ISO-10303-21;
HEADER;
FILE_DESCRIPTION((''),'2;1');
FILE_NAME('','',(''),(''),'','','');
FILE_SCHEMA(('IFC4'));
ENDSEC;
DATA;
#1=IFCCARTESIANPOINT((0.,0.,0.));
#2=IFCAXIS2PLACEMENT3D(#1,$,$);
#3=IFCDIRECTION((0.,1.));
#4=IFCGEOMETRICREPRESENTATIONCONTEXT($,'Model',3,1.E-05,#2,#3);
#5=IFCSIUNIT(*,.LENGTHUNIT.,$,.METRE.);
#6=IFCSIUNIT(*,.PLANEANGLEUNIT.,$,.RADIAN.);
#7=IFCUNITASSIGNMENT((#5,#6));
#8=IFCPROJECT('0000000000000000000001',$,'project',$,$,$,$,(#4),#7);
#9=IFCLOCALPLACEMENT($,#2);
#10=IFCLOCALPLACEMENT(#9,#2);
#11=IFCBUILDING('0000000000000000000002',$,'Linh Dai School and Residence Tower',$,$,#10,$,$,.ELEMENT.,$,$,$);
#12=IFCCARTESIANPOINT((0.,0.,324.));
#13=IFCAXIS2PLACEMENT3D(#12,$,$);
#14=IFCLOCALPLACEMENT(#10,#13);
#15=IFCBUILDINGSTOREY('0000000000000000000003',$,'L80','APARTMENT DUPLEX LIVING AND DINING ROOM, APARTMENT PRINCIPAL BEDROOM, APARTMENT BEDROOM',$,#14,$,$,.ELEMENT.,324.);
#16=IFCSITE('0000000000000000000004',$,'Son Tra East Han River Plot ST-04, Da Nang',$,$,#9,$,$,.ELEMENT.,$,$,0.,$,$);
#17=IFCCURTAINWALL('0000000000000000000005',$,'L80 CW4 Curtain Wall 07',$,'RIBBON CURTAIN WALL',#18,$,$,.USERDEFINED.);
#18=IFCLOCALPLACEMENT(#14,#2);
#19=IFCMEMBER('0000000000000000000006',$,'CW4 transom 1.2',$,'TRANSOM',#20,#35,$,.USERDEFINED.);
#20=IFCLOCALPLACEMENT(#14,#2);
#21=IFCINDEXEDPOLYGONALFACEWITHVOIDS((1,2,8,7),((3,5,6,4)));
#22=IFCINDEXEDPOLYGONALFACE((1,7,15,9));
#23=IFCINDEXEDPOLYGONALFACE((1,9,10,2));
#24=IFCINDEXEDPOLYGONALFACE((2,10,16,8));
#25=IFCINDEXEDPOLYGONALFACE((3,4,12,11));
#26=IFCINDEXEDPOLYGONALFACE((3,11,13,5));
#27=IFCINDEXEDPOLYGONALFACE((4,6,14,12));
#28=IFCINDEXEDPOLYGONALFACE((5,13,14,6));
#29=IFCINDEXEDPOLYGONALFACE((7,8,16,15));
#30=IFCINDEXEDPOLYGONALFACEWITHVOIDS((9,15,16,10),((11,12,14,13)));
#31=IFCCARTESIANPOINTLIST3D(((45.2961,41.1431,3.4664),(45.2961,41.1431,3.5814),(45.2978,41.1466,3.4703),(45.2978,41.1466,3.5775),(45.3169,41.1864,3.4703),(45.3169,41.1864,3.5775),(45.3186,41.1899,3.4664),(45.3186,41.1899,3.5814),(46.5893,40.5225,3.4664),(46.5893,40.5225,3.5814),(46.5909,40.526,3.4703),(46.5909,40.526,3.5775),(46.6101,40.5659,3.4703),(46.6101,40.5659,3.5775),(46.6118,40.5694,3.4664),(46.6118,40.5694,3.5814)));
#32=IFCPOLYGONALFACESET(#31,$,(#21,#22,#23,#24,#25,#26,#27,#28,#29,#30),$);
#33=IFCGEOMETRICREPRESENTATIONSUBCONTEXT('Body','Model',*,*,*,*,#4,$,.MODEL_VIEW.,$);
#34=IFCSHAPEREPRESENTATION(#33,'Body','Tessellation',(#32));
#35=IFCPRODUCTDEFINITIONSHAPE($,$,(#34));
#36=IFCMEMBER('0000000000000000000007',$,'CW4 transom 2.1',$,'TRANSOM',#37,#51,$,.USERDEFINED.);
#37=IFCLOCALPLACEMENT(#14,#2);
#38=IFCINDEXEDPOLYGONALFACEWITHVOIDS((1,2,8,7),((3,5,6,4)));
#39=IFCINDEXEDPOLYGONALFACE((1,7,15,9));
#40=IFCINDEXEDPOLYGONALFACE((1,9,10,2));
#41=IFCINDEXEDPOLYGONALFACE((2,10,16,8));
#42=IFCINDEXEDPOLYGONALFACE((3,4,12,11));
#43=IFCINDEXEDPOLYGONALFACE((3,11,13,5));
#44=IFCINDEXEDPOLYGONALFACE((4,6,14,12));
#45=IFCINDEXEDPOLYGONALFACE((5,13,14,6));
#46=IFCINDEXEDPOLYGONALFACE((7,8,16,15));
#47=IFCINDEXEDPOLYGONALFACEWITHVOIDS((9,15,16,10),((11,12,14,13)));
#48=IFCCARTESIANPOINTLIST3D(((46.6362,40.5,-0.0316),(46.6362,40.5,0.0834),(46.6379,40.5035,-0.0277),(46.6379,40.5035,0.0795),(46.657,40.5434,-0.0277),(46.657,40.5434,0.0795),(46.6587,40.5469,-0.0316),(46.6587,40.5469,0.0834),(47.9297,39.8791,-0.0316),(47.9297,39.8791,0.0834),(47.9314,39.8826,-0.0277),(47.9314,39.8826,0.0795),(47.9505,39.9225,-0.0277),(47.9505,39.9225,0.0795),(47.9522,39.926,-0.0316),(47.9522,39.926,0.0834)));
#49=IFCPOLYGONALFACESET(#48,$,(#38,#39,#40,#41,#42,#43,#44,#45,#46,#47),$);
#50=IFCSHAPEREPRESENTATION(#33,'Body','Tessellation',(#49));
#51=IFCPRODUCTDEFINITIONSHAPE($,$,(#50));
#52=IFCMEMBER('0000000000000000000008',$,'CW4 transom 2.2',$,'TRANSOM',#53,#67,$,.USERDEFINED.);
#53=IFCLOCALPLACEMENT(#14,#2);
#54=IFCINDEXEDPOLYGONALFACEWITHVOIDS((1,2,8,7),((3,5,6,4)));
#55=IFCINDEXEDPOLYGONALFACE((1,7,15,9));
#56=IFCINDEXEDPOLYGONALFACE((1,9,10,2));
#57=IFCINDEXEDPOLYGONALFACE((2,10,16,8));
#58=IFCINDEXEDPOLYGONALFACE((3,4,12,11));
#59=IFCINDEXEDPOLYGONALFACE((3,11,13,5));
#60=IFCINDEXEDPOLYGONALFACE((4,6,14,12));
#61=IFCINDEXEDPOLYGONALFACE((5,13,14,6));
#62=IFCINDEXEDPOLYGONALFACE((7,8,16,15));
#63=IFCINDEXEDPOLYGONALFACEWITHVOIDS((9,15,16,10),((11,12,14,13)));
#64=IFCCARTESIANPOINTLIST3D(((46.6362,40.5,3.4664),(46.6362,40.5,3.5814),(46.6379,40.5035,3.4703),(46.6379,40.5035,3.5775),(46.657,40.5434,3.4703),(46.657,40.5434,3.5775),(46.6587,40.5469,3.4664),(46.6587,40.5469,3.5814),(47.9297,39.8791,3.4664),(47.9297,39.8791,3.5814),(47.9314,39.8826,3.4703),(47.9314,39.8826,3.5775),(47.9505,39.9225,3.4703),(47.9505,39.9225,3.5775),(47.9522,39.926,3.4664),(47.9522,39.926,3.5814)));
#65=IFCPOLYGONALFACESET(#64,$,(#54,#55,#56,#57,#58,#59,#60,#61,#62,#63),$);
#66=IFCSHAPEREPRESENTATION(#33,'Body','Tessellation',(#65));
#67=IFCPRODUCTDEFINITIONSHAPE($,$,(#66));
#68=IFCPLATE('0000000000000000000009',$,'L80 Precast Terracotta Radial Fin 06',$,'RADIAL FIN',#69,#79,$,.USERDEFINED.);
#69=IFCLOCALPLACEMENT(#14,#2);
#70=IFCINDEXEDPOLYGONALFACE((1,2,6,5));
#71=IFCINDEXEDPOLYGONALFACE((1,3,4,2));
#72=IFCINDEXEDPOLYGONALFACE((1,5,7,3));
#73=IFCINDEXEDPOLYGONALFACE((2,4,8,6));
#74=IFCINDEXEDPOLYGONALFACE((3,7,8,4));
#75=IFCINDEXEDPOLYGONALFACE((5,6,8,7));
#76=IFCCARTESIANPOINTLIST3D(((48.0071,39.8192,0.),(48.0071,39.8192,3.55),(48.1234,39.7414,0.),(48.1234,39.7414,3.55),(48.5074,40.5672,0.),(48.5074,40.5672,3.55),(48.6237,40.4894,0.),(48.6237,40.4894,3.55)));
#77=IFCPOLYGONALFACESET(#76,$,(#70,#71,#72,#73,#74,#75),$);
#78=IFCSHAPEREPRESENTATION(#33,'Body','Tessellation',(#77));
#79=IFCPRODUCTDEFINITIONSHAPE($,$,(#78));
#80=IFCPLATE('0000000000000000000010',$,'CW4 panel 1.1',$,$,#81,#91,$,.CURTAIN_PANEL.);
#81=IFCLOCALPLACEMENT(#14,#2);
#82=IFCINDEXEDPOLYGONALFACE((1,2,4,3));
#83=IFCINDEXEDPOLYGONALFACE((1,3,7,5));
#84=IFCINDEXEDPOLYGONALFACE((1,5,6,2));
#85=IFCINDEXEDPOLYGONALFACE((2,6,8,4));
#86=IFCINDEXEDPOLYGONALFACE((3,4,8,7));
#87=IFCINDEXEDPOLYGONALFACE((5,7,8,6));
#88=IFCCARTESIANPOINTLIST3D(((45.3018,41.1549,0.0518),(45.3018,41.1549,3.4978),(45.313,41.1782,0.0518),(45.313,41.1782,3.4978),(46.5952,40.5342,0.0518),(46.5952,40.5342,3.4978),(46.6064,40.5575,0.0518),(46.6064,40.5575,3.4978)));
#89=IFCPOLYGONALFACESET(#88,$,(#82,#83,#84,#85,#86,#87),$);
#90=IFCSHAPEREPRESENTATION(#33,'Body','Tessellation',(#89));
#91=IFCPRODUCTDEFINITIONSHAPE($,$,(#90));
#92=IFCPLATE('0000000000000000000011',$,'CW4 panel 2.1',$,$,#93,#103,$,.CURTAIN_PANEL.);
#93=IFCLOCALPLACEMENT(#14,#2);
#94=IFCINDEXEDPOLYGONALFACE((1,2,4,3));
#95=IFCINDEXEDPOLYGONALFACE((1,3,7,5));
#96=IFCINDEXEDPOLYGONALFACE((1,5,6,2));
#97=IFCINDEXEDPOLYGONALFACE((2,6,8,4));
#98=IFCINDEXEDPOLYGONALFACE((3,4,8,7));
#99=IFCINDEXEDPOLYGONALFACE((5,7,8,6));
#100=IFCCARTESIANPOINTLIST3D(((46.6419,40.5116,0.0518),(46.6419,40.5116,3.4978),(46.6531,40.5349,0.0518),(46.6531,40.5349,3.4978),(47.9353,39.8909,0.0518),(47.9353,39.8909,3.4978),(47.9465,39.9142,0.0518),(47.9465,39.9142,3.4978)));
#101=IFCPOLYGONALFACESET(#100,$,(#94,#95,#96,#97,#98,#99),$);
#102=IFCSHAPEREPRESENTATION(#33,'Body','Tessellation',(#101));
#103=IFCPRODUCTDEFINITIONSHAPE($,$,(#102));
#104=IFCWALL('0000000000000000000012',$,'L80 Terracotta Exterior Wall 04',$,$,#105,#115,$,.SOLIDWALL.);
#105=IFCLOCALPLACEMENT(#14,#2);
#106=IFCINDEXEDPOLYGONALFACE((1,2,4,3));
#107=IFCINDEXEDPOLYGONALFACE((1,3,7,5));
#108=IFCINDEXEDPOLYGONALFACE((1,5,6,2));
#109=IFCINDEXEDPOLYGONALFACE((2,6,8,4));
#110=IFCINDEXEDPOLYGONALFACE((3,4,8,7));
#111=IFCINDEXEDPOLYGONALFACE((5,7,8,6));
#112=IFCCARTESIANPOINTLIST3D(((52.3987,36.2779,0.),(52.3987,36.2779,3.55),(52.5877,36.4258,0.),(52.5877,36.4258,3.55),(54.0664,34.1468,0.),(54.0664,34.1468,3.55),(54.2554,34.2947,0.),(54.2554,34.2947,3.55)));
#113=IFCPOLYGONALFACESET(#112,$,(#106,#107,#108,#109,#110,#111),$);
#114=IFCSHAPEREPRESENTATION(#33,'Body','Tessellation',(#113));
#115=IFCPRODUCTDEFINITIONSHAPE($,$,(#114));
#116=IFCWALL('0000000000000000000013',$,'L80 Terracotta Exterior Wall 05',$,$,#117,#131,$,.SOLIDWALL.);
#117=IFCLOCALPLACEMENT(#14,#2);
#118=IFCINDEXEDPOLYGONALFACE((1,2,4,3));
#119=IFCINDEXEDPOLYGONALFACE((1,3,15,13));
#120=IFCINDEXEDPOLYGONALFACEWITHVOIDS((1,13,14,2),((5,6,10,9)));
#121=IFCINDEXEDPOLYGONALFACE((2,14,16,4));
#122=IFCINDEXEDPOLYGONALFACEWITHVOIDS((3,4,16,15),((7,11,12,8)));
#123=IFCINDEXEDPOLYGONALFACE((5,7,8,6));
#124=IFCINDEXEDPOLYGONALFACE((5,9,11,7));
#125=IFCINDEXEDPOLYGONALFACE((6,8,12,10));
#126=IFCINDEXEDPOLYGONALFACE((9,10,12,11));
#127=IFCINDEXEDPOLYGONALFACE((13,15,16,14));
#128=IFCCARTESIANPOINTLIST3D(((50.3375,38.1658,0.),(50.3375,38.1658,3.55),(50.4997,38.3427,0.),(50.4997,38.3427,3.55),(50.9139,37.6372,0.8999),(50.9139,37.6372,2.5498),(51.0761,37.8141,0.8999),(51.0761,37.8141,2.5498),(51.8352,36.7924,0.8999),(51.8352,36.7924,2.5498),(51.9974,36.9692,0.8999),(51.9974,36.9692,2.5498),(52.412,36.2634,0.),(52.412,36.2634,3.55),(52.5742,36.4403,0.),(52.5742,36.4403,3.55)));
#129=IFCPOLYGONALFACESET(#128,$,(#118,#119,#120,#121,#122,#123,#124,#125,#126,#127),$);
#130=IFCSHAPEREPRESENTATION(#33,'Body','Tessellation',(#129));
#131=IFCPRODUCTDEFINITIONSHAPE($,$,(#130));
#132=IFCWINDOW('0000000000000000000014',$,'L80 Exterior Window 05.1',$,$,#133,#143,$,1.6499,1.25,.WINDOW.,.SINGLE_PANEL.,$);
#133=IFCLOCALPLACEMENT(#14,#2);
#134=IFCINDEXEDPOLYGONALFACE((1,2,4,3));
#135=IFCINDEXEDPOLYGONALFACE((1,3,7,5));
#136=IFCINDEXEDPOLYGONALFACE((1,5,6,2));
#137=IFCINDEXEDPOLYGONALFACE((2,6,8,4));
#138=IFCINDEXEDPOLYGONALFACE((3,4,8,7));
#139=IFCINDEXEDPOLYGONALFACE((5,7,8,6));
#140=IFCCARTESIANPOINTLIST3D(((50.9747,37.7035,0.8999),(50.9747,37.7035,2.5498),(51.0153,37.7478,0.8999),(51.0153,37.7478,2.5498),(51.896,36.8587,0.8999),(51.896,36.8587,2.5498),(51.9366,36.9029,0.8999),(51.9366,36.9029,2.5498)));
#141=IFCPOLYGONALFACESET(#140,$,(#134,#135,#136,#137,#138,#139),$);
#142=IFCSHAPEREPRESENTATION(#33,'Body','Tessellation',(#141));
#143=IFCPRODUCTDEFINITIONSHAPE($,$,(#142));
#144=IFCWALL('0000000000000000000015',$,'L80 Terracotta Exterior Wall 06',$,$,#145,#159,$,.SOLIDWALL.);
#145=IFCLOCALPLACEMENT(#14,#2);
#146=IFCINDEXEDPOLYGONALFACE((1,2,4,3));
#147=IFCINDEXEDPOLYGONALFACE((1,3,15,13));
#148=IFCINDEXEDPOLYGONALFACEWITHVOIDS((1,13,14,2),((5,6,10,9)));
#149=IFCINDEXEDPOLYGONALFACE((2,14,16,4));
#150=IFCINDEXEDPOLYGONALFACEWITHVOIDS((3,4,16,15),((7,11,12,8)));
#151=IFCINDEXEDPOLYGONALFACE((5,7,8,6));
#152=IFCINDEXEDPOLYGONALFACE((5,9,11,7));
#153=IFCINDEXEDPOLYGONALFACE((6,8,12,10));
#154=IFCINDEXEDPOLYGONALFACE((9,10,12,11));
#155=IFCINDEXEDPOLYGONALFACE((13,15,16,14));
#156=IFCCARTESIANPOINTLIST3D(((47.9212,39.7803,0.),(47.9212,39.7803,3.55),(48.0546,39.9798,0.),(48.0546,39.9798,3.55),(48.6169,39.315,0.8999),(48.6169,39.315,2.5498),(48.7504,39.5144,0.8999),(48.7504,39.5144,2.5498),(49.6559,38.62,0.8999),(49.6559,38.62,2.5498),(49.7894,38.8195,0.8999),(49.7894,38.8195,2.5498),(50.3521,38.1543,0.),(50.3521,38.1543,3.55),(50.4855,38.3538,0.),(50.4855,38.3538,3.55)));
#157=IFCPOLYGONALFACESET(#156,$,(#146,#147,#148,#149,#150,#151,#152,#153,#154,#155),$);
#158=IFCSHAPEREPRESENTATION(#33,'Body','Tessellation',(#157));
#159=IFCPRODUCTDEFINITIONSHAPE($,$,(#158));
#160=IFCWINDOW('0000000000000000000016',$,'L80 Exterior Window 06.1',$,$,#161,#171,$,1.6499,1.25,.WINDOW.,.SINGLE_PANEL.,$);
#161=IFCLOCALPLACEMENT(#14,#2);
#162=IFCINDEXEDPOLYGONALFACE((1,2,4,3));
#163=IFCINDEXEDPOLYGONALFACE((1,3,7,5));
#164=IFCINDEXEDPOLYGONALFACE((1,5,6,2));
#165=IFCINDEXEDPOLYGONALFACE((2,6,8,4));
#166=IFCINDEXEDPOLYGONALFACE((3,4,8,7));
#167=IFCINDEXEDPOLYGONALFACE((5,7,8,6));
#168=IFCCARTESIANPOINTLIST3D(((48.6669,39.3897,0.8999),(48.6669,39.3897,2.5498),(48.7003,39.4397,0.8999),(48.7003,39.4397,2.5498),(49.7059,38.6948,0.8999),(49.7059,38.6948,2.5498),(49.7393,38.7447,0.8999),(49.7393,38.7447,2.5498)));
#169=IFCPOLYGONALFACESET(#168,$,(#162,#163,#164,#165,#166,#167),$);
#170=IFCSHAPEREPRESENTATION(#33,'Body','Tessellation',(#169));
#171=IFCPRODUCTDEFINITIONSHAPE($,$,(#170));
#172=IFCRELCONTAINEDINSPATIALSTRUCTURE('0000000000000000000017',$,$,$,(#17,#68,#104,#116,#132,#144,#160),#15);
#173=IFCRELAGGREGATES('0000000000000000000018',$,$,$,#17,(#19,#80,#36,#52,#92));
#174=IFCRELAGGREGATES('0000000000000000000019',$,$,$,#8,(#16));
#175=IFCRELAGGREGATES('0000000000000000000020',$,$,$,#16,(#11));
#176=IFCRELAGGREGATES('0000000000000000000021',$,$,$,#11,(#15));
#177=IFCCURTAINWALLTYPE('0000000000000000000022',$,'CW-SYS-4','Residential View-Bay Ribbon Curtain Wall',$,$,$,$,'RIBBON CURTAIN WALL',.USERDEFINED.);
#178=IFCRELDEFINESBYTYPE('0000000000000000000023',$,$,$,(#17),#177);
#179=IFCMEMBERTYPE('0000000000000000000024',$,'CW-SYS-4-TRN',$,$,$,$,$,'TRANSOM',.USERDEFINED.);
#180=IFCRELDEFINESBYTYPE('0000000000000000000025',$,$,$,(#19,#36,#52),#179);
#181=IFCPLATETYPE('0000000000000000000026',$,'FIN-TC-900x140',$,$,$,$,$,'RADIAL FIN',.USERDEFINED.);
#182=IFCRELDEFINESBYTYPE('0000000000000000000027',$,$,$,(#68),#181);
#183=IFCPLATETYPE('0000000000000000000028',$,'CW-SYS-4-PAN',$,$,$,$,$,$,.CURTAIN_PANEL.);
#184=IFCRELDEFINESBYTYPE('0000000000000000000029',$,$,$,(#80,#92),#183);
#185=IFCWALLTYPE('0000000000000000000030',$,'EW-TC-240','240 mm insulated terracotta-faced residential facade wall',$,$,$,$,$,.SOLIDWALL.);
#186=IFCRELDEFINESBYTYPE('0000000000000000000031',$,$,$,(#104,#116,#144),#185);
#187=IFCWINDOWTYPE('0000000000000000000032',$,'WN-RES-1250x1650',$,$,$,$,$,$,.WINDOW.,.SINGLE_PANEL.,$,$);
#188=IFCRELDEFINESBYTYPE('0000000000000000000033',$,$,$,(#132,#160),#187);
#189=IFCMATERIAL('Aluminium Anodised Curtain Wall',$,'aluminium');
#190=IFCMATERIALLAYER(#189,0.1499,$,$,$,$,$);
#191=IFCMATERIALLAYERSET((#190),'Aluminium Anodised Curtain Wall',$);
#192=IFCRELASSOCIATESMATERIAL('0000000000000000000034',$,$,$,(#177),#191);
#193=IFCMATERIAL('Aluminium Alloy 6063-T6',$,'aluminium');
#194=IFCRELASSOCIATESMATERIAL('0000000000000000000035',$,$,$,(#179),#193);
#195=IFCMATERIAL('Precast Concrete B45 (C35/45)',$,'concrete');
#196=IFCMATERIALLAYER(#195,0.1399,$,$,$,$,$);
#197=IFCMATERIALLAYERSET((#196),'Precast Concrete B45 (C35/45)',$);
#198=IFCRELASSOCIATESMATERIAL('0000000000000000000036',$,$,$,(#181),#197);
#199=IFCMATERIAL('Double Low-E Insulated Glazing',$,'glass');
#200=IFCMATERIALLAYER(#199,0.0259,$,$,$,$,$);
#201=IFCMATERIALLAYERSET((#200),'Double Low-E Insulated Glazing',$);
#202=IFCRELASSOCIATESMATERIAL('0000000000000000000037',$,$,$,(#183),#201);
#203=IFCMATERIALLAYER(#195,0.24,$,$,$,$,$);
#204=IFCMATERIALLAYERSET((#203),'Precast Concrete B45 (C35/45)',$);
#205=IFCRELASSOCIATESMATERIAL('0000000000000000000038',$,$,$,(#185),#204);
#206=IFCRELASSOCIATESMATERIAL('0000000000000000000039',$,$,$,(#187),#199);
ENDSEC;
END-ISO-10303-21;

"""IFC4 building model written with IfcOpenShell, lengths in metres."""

from ifc_helpers import new_model, si_unit, direction, frame, frame_2d, origin, origin_2d, place, context, subcontext, project, spatial, rectangle, hollow_rectangle, extrude, source, transform, mapped, material, layer, layer_set, material_profile, profile_set, type_object, element, fill, aggregate, save


model = new_model("IFC4")

# Units and contexts
model_context = context("Model", 3, precision=1e-05, world=origin(), true_north=direction((0.0, 1.0)))
body_context = subcontext(model_context, "Body", "Model", "MODEL_VIEW")
ifc_project = project(units=[si_unit("LENGTHUNIT", "METRE"), si_unit("PLANEANGLEUNIT", "RADIAN")], contexts=[model_context])

# Site, building, storey
site_placement = place(None, origin())
site = spatial("IfcSite", under=ifc_project, at=site_placement, Name="Son Tra East Han River Plot ST-04, Da Nang", CompositionType="ELEMENT", RefElevation=0.0)
building_placement = place(site_placement, origin())
building = spatial("IfcBuilding", under=site, at=building_placement, Name="Linh Dai School and Residence Tower", CompositionType="ELEMENT")
storey_placement = place(building_placement, frame((0.0, 0.0, 324.0)))
storey = spatial("IfcBuildingStorey", under=building, at=storey_placement, Name="L80", Description="APARTMENT DUPLEX LIVING AND DINING ROOM, APARTMENT PRINCIPAL BEDROOM, APARTMENT BEDROOM", CompositionType="ELEMENT", Elevation=324.0)

# Curtain wall, members
ifc_material_1 = material(Name="Aluminium Anodised Curtain Wall", Category="aluminium")
ifc_layer_1 = layer(ifc_material_1, 0.1499)
ifc_layer_set_1 = layer_set([ifc_layer_1], Name="Aluminium Anodised Curtain Wall")
curtain_wall_type = type_object("IfcCurtainWallType", Name="CW-SYS-4", Description="Residential View-Bay Ribbon Curtain Wall", ElementType="RIBBON CURTAIN WALL", PredefinedType="USERDEFINED", material=ifc_layer_set_1)
curtain_wall_placement = place(storey_placement, origin())
curtain_wall = element("IfcCurtainWall", 1, at=curtain_wall_placement, inside=storey, type_object=curtain_wall_type, Name="L80 CW4 Curtain Wall 07", ObjectType="RIBBON CURTAIN WALL", PredefinedType="USERDEFINED")
ifc_material_2 = material(Name="Aluminium Alloy 6063-T6", Category="aluminium")
ifc_material_profile_1 = material_profile(ifc_material_2, hollow_rectangle(XDim=0.052, YDim=0.115, WallThickness=0.0039, at=origin_2d()), Name="RHS 115x52x4")
ifc_profile_set_1 = profile_set([ifc_material_profile_1], Name="Aluminium Alloy 6063-T6")
member_type_1 = type_object("IfcMemberType", Name="CW-SYS-4-TRN", ElementType="TRANSOM", PredefinedType="USERDEFINED", material=ifc_profile_set_1)
shared_shape_1 = source(origin(), body_context, "Body", "SweptSolid", [
    extrude(hollow_rectangle(XDim=0.052, YDim=0.115, WallThickness=0.0039, at=origin_2d()), origin(), (0.0, 0.0, 1.0), 1.4343),
])
member_1_placement = place(storey_placement, frame((45.3074, 41.1665, 3.5239), z_axis=(0.90156, -0.432654, 0.0), x_axis=(0.432654, 0.90156, 0.0)))
member_1 = element("IfcMember", 2, at=member_1_placement, type_object=member_type_1, Name="CW4 transom 1.2", ObjectType="TRANSOM", PredefinedType="USERDEFINED", context=body_context, shape_type="MappedRepresentation", body=[
    mapped(shared_shape_1, transform((0.0, 0.0, 0.0), x_axis=(1.0, 0.0, 0.0), y_axis=(0.0, 1.0, 0.0), z_axis=(0.0, 0.0, 1.0), scale=1.0)),
])
shared_shape_2 = source(origin(), body_context, "Body", "SweptSolid", [
    extrude(hollow_rectangle(XDim=0.052, YDim=0.115, WallThickness=0.0039, at=origin_2d()), origin(), (0.0, 0.0, 1.0), 1.4348),
])
member_2_placement = place(storey_placement, frame((46.6475, 40.5234, 0.0259), z_axis=(0.901526, -0.432726, 0.0), x_axis=(0.432726, 0.901526, 0.0)))
member_2 = element("IfcMember", 3, at=member_2_placement, type_object=member_type_1, Name="CW4 transom 2.1", ObjectType="TRANSOM", PredefinedType="USERDEFINED", context=body_context, shape_type="MappedRepresentation", body=[
    mapped(shared_shape_2, transform((0.0, 0.0, 0.0), x_axis=(1.0, 0.0, 0.0), y_axis=(0.0, 1.0, 0.0), z_axis=(0.0, 0.0, 1.0), scale=1.0)),
])
member_3_placement = place(storey_placement, frame((46.6475, 40.5234, 3.5239), z_axis=(0.901526, -0.432726, 0.0), x_axis=(0.432726, 0.901526, 0.0)))
member_3 = element("IfcMember", 4, at=member_3_placement, type_object=member_type_1, Name="CW4 transom 2.2", ObjectType="TRANSOM", PredefinedType="USERDEFINED", context=body_context, shape_type="MappedRepresentation", body=[
    mapped(shared_shape_2, transform((0.0, 0.0, 0.0), x_axis=(1.0, 0.0, 0.0), y_axis=(0.0, 1.0, 0.0), z_axis=(0.0, 0.0, 1.0), scale=1.0)),
])

# Plates
ifc_material_3 = material(Name="Precast Concrete B45 (C35/45)", Category="concrete")
ifc_layer_2 = layer(ifc_material_3, 0.1399)
ifc_layer_set_2 = layer_set([ifc_layer_2], Name="Precast Concrete B45 (C35/45)")
plate_type_1 = type_object("IfcPlateType", Name="FIN-TC-900x140", ElementType="RADIAL FIN", PredefinedType="USERDEFINED", material=ifc_layer_set_2)
shared_shape_3 = source(origin(), body_context, "Body", "SweptSolid", [
    extrude(rectangle(XDim=0.8999, YDim=0.1399, at=origin_2d()), origin(), (0.0, 0.0, 1.0), 3.55),
])
plate_1_placement = place(storey_placement, frame((48.3154, 40.1543, 0.0), z_axis=(0.0, 0.0, 1.0), x_axis=(0.555971, 0.831202, 0.0)))
element("IfcPlate", 5, at=plate_1_placement, inside=storey, type_object=plate_type_1, Name="L80 Precast Terracotta Radial Fin 06", ObjectType="RADIAL FIN", PredefinedType="USERDEFINED", context=body_context, shape_type="MappedRepresentation", body=[
    mapped(shared_shape_3, transform((0.0, 0.0, 0.0), x_axis=(1.0, 0.0, 0.0), y_axis=(0.0, 1.0, 0.0), z_axis=(0.0, 0.0, 1.0), scale=1.0)),
])
ifc_material_4 = material(Name="Double Low-E Insulated Glazing", Category="glass")
ifc_layer_3 = layer(ifc_material_4, 0.0259)
ifc_layer_set_3 = layer_set([ifc_layer_3], Name="Double Low-E Insulated Glazing")
plate_type_2 = type_object("IfcPlateType", Name="CW-SYS-4-PAN", PredefinedType="CURTAIN_PANEL", material=ifc_layer_set_3)
shared_shape_4 = source(origin(), body_context, "Body", "SweptSolid", [
    extrude(rectangle(XDim=1.4346, YDim=0.0259, at=origin_2d()), origin(), (0.0, 0.0, 1.0), 3.446),
])
plate_2_placement = place(storey_placement, frame((45.9541, 40.8562, 0.0518), z_axis=(0.0, 0.0, 1.0), x_axis=(0.901551, -0.432674, 0.0)))
plate_2 = element("IfcPlate", 6, at=plate_2_placement, type_object=plate_type_2, Name="CW4 panel 1.1", PredefinedType="CURTAIN_PANEL", context=body_context, shape_type="MappedRepresentation", body=[
    mapped(shared_shape_4, transform((0.0, 0.0, 0.0), x_axis=(1.0, 0.0, 0.0), y_axis=(0.0, 1.0, 0.0), z_axis=(0.0, 0.0, 1.0), scale=1.0)),
])
plate_3_placement = place(storey_placement, frame((47.2942, 40.2129, 0.0518), z_axis=(0.0, 0.0, 1.0), x_axis=(0.901551, -0.432674, 0.0)))
plate_3 = element("IfcPlate", 7, at=plate_3_placement, type_object=plate_type_2, Name="CW4 panel 2.1", PredefinedType="CURTAIN_PANEL", context=body_context, shape_type="MappedRepresentation", body=[
    mapped(shared_shape_4, transform((0.0, 0.0, 0.0), x_axis=(1.0, 0.0, 0.0), y_axis=(0.0, 1.0, 0.0), z_axis=(0.0, 0.0, 1.0), scale=1.0)),
])
aggregate(curtain_wall, [member_1, plate_2, member_2, member_3, plate_3])

# Wall
ifc_layer_4 = layer(ifc_material_3, 0.24)
ifc_layer_set_4 = layer_set([ifc_layer_4], Name="Precast Concrete B45 (C35/45)")
wall_type = type_object("IfcWallType", Name="EW-TC-240", Description="240 mm insulated terracotta-faced residential facade wall", PredefinedType="SOLIDWALL", material=ifc_layer_set_4)
wall_1_placement = place(storey_placement, frame((52.4932, 36.3518, 0.0), z_axis=(0.0, 0.0, 1.0), x_axis=(0.616286, -0.787522, 0.0)))
element("IfcWall", 8, at=wall_1_placement, inside=storey, type_object=wall_type, Name="L80 Terracotta Exterior Wall 04", PredefinedType="SOLIDWALL", context=body_context, shape_type="SweptSolid", body=[
    extrude(rectangle(XDim=2.7061, YDim=0.24, at=frame_2d((1.353, 0.0))), origin(), (0.0, 0.0, 1.0), 3.55),
])

# Walls, openings, windows
wall_2_placement = place(storey_placement, frame((50.4187, 38.2542, 0.0), z_axis=(0.0, 0.0, 1.0), x_axis=(0.737021, -0.67587, 0.0)))
wall_2 = element("IfcWall", 9, at=wall_2_placement, inside=storey, type_object=wall_type, Name="L80 Terracotta Exterior Wall 05", PredefinedType="SOLIDWALL", context=body_context, shape_type="SweptSolid", body=[
    extrude(rectangle(XDim=2.8147, YDim=0.24, at=frame_2d((1.4072, 0.0))), origin(), (0.0, 0.0, 1.0), 3.55),
])
opening_1_placement = place(wall_2_placement, frame((0.782, 0.0, 0.8999)))
opening_1 = element("IfcOpeningElement", 10, at=opening_1_placement, cuts=wall_2, PredefinedType="OPENING", context=body_context, shape_type="SweptSolid", body=[
    extrude(rectangle(XDim=1.25, YDim=1.6499, at=origin_2d()), frame((0.625, 0.1299, 0.825), z_axis=(0.0, -1.0, 0.0), x_axis=(1.0, 0.0, 0.0)), (0.0, 0.0, 1.0), 0.26),
])
window_type = type_object("IfcWindowType", Name="WN-RES-1250x1650", PartitioningType="SINGLE_PANEL", PredefinedType="WINDOW", material=ifc_material_4)
shared_shape_5 = source(origin(), body_context, "Body", "SweptSolid", [
    extrude(rectangle(XDim=1.25, YDim=1.6499, at=origin_2d()), frame((0.625, 0.03, 0.825), z_axis=(0.0, -1.0, 0.0), x_axis=(1.0, 0.0, 0.0)), (0.0, 0.0, 1.0), 0.0601),
])
window_1_placement = place(opening_1_placement, origin())
window_1 = element("IfcWindow", 11, at=window_1_placement, inside=storey, type_object=window_type, Name="L80 Exterior Window 05.1", OverallHeight=1.6499, OverallWidth=1.25, PartitioningType="SINGLE_PANEL", PredefinedType="WINDOW", context=body_context, shape_type="MappedRepresentation", body=[
    mapped(shared_shape_5, transform((0.0, 0.0, 0.0), x_axis=(1.0, 0.0, 0.0), y_axis=(0.0, 1.0, 0.0), z_axis=(0.0, 0.0, 1.0), scale=1.0)),
])
fill(opening_1, window_1)
wall_3_placement = place(storey_placement, frame((47.9878, 39.8801, 0.0), z_axis=(0.0, 0.0, 1.0), x_axis=(0.831202, -0.555971, 0.0)))
wall_3 = element("IfcWall", 12, at=wall_3_placement, inside=storey, type_object=wall_type, Name="L80 Terracotta Exterior Wall 06", PredefinedType="SOLIDWALL", context=body_context, shape_type="SweptSolid", body=[
    extrude(rectangle(XDim=2.9246, YDim=0.24, at=frame_2d((1.4624, 0.0))), origin(), (0.0, 0.0, 1.0), 3.55),
])
opening_2_placement = place(wall_3_placement, frame((0.8372, 0.0, 0.8999)))
opening_2 = element("IfcOpeningElement", 13, at=opening_2_placement, cuts=wall_3, PredefinedType="OPENING", context=body_context, shape_type="SweptSolid", body=[
    extrude(rectangle(XDim=1.25, YDim=1.6499, at=origin_2d()), frame((0.625, 0.1299, 0.825), z_axis=(0.0, -1.0, 0.0), x_axis=(1.0, 0.0, 0.0)), (0.0, 0.0, 1.0), 0.26),
])
window_2_placement = place(opening_2_placement, origin())
window_2 = element("IfcWindow", 14, at=window_2_placement, inside=storey, type_object=window_type, Name="L80 Exterior Window 06.1", OverallHeight=1.6499, OverallWidth=1.25, PartitioningType="SINGLE_PANEL", PredefinedType="WINDOW", context=body_context, shape_type="MappedRepresentation", body=[
    mapped(shared_shape_5, transform((0.0, 0.0, 0.0), x_axis=(1.0, 0.0, 0.0), y_axis=(0.0, 1.0, 0.0), z_axis=(0.0, 0.0, 1.0), scale=1.0)),
])
fill(opening_2, window_2)

save(model, "model.ifc")
